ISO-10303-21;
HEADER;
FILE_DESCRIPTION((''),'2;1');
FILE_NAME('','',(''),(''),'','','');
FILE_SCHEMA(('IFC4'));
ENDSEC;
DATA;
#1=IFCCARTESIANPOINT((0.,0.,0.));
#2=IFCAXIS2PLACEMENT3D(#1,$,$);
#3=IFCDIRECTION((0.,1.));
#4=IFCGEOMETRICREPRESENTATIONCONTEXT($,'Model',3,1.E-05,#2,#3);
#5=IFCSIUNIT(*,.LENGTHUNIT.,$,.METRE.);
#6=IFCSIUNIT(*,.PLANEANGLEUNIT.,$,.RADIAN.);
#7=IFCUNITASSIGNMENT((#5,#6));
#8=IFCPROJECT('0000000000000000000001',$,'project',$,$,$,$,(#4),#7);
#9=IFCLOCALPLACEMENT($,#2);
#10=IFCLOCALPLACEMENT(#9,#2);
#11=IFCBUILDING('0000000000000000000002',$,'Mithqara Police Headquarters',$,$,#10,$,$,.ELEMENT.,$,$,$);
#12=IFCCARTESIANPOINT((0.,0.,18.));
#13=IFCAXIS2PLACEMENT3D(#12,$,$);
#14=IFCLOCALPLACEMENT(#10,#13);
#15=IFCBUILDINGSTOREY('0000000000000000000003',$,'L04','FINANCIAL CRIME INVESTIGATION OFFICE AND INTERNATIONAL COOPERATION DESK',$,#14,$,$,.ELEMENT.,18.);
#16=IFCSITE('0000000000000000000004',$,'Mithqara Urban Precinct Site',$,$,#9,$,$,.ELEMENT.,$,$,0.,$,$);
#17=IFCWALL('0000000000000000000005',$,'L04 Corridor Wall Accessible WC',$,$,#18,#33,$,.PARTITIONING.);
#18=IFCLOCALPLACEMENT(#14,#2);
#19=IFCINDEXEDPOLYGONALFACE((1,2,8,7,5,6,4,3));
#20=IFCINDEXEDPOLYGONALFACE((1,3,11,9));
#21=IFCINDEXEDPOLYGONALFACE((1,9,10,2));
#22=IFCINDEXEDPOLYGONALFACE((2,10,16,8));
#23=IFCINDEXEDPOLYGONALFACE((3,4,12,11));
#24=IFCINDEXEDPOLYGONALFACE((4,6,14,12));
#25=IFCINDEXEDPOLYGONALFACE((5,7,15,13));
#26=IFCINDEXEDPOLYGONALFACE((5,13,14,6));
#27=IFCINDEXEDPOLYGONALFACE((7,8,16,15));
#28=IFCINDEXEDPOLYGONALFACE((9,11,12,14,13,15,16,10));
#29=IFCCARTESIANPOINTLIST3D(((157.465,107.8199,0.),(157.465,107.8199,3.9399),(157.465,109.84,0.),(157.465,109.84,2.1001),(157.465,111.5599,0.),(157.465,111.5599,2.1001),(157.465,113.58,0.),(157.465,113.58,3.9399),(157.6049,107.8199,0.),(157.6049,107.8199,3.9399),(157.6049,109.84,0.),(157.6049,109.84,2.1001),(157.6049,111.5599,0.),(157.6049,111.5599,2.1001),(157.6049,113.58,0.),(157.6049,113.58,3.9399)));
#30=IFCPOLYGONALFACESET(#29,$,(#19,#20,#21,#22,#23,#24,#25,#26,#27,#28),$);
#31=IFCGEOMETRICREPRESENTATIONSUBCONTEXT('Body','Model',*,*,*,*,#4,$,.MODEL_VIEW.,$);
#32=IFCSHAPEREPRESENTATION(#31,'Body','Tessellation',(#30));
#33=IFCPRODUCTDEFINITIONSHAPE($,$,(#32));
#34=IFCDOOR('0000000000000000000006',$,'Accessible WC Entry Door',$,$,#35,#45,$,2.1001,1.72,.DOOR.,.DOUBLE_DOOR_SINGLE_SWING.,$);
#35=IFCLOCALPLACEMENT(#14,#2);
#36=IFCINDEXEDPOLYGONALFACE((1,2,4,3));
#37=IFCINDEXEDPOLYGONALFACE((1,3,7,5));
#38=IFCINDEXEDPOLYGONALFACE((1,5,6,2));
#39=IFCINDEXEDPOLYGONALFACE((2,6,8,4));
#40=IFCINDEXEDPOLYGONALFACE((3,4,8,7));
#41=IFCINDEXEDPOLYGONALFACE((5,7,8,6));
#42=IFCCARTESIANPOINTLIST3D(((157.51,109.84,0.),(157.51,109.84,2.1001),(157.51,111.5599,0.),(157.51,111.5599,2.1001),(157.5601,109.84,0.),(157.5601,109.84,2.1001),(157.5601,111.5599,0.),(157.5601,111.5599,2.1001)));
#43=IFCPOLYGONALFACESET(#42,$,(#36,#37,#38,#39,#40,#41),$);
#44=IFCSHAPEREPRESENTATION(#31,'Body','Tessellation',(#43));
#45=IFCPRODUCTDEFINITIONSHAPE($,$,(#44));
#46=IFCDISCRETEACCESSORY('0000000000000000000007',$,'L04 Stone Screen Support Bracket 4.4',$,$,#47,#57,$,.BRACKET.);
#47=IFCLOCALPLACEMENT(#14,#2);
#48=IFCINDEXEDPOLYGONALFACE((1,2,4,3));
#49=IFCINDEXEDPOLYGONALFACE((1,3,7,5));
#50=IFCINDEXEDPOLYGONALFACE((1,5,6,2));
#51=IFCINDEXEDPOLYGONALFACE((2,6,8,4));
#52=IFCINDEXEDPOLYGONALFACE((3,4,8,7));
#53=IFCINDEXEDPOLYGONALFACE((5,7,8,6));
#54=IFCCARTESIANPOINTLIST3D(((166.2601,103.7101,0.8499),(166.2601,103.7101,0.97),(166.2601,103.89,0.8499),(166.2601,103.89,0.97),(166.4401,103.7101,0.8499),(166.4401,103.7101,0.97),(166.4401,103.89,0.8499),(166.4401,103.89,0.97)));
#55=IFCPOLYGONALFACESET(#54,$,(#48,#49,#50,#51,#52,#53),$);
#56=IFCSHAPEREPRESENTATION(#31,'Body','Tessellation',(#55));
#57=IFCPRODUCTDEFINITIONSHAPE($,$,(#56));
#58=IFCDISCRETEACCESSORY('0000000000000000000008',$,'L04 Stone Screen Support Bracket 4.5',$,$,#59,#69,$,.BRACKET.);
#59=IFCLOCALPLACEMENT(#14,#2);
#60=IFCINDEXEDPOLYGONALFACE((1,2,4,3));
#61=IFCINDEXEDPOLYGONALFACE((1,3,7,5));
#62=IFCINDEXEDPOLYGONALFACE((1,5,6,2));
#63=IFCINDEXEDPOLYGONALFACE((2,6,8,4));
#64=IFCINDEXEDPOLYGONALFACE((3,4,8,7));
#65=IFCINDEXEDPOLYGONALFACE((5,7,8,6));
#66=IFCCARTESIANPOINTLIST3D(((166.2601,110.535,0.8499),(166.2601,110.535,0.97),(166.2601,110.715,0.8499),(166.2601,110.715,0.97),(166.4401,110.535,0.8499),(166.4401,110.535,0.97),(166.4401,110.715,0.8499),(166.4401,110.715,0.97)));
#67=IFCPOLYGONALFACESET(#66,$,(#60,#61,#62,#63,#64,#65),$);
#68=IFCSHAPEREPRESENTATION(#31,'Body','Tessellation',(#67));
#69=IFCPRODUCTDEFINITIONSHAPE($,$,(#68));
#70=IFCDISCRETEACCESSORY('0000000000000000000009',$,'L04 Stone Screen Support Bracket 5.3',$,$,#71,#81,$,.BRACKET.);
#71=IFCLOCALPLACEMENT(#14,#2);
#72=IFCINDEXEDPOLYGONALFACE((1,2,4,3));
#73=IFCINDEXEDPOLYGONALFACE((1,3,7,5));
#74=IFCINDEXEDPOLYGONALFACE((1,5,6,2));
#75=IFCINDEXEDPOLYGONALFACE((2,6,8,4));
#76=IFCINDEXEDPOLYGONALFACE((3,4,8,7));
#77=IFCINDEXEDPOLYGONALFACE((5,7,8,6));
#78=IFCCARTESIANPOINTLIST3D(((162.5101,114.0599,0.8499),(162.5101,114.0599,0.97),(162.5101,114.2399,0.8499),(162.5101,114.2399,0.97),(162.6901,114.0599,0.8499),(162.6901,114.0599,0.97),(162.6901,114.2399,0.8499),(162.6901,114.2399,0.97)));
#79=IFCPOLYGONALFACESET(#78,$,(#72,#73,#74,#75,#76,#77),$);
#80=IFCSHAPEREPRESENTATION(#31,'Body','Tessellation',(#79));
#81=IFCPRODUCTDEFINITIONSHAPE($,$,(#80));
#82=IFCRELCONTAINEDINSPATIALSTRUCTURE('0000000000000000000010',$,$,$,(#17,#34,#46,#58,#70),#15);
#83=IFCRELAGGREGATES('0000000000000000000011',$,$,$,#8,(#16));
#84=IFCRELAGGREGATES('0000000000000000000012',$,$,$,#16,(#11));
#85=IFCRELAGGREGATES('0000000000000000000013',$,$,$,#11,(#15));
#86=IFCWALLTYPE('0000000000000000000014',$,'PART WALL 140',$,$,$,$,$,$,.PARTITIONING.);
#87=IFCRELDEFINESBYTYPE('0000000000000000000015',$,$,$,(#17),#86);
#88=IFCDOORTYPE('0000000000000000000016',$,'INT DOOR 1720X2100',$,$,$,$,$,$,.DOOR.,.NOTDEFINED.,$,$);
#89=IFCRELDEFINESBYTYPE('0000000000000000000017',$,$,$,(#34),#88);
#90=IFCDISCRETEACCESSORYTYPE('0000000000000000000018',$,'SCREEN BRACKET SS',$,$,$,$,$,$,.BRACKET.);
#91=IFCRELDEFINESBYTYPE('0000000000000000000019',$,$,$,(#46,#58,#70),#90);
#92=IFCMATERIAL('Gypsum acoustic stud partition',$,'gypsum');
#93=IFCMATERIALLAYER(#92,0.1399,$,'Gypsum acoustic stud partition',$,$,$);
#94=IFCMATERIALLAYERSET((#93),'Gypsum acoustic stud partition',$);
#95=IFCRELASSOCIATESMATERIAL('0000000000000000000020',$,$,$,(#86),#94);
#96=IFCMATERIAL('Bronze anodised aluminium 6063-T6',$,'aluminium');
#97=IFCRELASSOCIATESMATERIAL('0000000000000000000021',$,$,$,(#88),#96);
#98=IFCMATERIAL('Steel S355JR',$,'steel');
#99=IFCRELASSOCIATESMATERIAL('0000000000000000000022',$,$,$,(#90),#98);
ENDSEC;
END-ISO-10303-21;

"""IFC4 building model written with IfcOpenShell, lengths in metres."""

from ifc_helpers import new_model, si_unit, direction, frame, frame_2d, origin, origin_2d, place, context, subcontext, project, spatial, rectangle, extrude, material, layer, layer_set, type_object, element, fill, save


model = new_model("IFC4")

# Units and contexts
model_context = context("Model", 3, precision=1e-05, world=origin(), true_north=direction((0.0, 1.0)))
body_context = subcontext(model_context, "Body", "Model", "MODEL_VIEW")
ifc_project = project(units=[si_unit("LENGTHUNIT", "METRE"), si_unit("PLANEANGLEUNIT", "RADIAN")], contexts=[model_context])

# Site, building, storey
site_placement = place(None, origin())
site = spatial("IfcSite", under=ifc_project, at=site_placement, Name="Mithqara Urban Precinct Site", CompositionType="ELEMENT", RefElevation=0.0)
building_placement = place(site_placement, origin())
building = spatial("IfcBuilding", under=site, at=building_placement, Name="Mithqara Police Headquarters", CompositionType="ELEMENT")
storey_placement = place(building_placement, frame((0.0, 0.0, 18.0)))
storey = spatial("IfcBuildingStorey", under=building, at=storey_placement, Name="L04", Description="FINANCIAL CRIME INVESTIGATION OFFICE AND INTERNATIONAL COOPERATION DESK", CompositionType="ELEMENT", Elevation=18.0)

# Shared definitions
ifc_material_1 = material(Name="Steel S355JR", Category="steel")

# Shared definitions
ifc_material_2 = material(Name="Gypsum acoustic stud partition", Category="gypsum")
ifc_layer_1 = layer(ifc_material_2, 0.1399, Name="Gypsum acoustic stud partition")
ifc_layer_set_1 = layer_set([ifc_layer_1], Name="Gypsum acoustic stud partition")
wall_type_1 = type_object("IfcWallType", Name="PART WALL 140", PredefinedType="PARTITIONING", material=ifc_layer_set_1)

# Wall, opening, door
wall_1_placement = place(storey_placement, frame((157.5349, 107.8201, 0.0), z_axis=(0.0, 0.0, 1.0), x_axis=(0.0, 1.0, 0.0)))
wall_1 = element("IfcWall", 1, at=wall_1_placement, inside=storey, type_object=wall_type_1, Name="L04 Corridor Wall Accessible WC", PredefinedType="PARTITIONING", context=body_context, shape_type="SweptSolid", body=[
    extrude(rectangle(XDim=5.76, YDim=0.1399, at=frame_2d((2.8799, 0.0))), origin(), (0.0, 0.0, 1.0), 3.9399),
])
opening_1_placement = place(wall_1_placement, frame((2.02, 0.0, 0.0)))
opening_1 = element("IfcOpeningElement", 2, at=opening_1_placement, cuts=wall_1, PredefinedType="OPENING", context=body_context, shape_type="SweptSolid", body=[
    extrude(rectangle(XDim=1.72, YDim=2.1001, at=frame_2d((0.8599, 1.05))), frame((0.0, 0.0801, 0.0), z_axis=(0.0, -1.0, 0.0), x_axis=(1.0, 0.0, 0.0)), (0.0, 0.0, 1.0), 0.1599),
])
ifc_material_3 = material(Name="Bronze anodised aluminium 6063-T6", Category="aluminium")
door_type = type_object("IfcDoorType", Name="INT DOOR 1720X2100", OperationType="NOTDEFINED", PredefinedType="DOOR", material=ifc_material_3)
door_placement = place(opening_1_placement, origin())
door = element("IfcDoor", 3, at=door_placement, inside=storey, type_object=door_type, Name="Accessible WC Entry Door", OperationType="DOUBLE_DOOR_SINGLE_SWING", OverallHeight=2.1001, OverallWidth=1.72, PredefinedType="DOOR", context=body_context, shape_type="SweptSolid", body=[
    extrude(rectangle(XDim=1.72, YDim=2.1001, at=frame_2d((0.8599, 1.05))), frame((0.0, 0.0249, 0.0), z_axis=(0.0, -1.0, 0.0), x_axis=(1.0, 0.0, 0.0)), (0.0, 0.0, 1.0), 0.05),
])
fill(opening_1, door)

# Discrete accessories
discrete_accessory_type = type_object("IfcDiscreteAccessoryType", Name="SCREEN BRACKET SS", PredefinedType="BRACKET", material=ifc_material_1)
for number, where, z_axis, x_axis, name in (
    (4, (166.3501, 103.8, 0.8499), (0.0, 0.0, 1.0), (0.0, 1.0, 0.0), "L04 Stone Screen Support Bracket 4.4"),
    (5, (166.3501, 110.625, 0.8499), (0.0, 0.0, 1.0), (0.0, 1.0, 0.0), "L04 Stone Screen Support Bracket 4.5"),
    (6, (162.6001, 114.1499, 0.8499), (0.0, 0.0, 1.0), (1.0, 0.0, 0.0), "L04 Stone Screen Support Bracket 5.3"),
):
    element("IfcDiscreteAccessory", number, at=place(storey_placement, frame(where, z_axis=z_axis, x_axis=x_axis)), inside=storey, type_object=discrete_accessory_type, Name=name, PredefinedType="BRACKET", context=body_context, shape_type="SweptSolid", body=[
        extrude(rectangle(XDim=0.1799, YDim=0.1799, at=origin_2d()), origin(), (0.0, 0.0, 1.0), 0.1201),
    ])

save(model, "model.ifc")
